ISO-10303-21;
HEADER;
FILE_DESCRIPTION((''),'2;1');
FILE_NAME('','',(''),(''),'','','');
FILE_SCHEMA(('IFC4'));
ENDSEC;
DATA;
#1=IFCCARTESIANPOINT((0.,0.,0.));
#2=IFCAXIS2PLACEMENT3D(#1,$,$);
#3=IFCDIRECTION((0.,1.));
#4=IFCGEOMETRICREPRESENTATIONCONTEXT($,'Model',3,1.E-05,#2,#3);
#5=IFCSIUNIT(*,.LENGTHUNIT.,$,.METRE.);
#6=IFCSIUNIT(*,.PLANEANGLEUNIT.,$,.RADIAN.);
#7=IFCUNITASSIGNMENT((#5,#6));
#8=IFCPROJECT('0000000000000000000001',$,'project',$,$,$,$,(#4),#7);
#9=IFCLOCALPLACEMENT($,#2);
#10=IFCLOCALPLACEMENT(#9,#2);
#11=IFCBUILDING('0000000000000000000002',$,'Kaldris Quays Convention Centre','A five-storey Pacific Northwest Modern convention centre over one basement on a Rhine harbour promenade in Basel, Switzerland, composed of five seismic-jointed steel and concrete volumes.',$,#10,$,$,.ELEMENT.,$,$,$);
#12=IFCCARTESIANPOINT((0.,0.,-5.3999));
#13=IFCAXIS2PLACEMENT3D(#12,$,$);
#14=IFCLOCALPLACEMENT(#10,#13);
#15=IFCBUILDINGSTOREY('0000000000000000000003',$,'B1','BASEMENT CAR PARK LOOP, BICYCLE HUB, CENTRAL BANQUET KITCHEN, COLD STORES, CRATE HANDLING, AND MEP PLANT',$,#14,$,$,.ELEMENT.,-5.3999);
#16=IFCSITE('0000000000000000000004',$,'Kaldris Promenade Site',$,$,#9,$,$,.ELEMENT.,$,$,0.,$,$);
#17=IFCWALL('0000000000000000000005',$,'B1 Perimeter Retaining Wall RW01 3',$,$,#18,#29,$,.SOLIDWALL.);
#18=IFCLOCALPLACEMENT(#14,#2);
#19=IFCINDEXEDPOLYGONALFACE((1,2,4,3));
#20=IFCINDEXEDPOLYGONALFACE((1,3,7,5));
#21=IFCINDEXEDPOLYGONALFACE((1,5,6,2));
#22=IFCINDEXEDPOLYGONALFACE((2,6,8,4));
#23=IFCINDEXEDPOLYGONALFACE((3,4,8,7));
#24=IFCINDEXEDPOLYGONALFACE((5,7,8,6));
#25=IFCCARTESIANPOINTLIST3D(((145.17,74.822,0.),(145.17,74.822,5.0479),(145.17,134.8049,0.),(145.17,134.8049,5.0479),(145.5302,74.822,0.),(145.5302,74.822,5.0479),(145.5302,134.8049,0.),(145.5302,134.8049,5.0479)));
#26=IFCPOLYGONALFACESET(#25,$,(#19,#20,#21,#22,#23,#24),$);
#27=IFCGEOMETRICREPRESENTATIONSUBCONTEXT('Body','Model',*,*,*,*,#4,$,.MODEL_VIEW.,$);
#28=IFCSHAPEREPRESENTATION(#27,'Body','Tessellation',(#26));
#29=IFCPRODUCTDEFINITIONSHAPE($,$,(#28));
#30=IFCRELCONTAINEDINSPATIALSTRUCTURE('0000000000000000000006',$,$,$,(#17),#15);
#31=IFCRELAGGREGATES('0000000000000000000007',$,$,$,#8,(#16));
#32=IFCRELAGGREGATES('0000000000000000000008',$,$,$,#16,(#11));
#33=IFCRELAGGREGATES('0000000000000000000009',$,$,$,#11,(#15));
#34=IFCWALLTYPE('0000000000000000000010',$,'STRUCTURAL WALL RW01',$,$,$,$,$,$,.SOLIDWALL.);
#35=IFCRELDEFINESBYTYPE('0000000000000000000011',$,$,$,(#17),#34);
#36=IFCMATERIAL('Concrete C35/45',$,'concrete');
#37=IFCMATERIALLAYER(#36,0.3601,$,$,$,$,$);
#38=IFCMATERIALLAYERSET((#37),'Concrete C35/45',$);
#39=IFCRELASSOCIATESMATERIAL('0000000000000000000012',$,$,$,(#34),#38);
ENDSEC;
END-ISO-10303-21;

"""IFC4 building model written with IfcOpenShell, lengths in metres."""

from ifc_helpers import new_model, si_unit, direction, frame, frame_2d, origin, place, context, subcontext, project, spatial, rectangle, extrude, material, layer, layer_set, type_object, element, save


model = new_model("IFC4")

# Units and contexts
model_context = context("Model", 3, precision=1e-05, world=origin(), true_north=direction((0.0, 1.0)))
body_context = subcontext(model_context, "Body", "Model", "MODEL_VIEW")
ifc_project = project(units=[si_unit("LENGTHUNIT", "METRE"), si_unit("PLANEANGLEUNIT", "RADIAN")], contexts=[model_context])

# Site, building, storey
site_placement = place(None, origin())
site = spatial("IfcSite", under=ifc_project, at=site_placement, Name="Kaldris Promenade Site", CompositionType="ELEMENT", RefElevation=0.0)
building_placement = place(site_placement, origin())
building = spatial("IfcBuilding", under=site, at=building_placement, Name="Kaldris Quays Convention Centre", Description="A five-storey Pacific Northwest Modern convention centre over one basement on a Rhine harbour promenade in Basel, Switzerland, composed of five seismic-jointed steel and concrete volumes.", CompositionType="ELEMENT")
storey_placement = place(building_placement, frame((0.0, 0.0, -5.3999)))
storey = spatial("IfcBuildingStorey", under=building, at=storey_placement, Name="B1", Description="BASEMENT CAR PARK LOOP, BICYCLE HUB, CENTRAL BANQUET KITCHEN, COLD STORES, CRATE HANDLING, AND MEP PLANT", CompositionType="ELEMENT", Elevation=-5.3999)

# Shared definitions
ifc_material_1 = material(Name="Concrete C35/45", Category="concrete")

# Wall
ifc_layer = layer(ifc_material_1, 0.3601)
ifc_layer_set = layer_set([ifc_layer], Name="Concrete C35/45")
wall_type = type_object("IfcWallType", Name="STRUCTURAL WALL RW01", PredefinedType="SOLIDWALL", material=ifc_layer_set)
wall_placement = place(storey_placement, frame((145.3501, 74.822, 0.0), z_axis=(0.0, 0.0, 1.0), x_axis=(0.0, 1.0, 0.0)))
element("IfcWall", 1, at=wall_placement, inside=storey, type_object=wall_type, Name="B1 Perimeter Retaining Wall RW01 3", PredefinedType="SOLIDWALL", context=body_context, shape_type="SweptSolid", body=[
    extrude(rectangle(XDim=59.9829, YDim=0.3601, at=frame_2d((29.9915, 0.0))), origin(), (0.0, 0.0, 1.0), 5.0479),
])

save(model, "model.ifc")
